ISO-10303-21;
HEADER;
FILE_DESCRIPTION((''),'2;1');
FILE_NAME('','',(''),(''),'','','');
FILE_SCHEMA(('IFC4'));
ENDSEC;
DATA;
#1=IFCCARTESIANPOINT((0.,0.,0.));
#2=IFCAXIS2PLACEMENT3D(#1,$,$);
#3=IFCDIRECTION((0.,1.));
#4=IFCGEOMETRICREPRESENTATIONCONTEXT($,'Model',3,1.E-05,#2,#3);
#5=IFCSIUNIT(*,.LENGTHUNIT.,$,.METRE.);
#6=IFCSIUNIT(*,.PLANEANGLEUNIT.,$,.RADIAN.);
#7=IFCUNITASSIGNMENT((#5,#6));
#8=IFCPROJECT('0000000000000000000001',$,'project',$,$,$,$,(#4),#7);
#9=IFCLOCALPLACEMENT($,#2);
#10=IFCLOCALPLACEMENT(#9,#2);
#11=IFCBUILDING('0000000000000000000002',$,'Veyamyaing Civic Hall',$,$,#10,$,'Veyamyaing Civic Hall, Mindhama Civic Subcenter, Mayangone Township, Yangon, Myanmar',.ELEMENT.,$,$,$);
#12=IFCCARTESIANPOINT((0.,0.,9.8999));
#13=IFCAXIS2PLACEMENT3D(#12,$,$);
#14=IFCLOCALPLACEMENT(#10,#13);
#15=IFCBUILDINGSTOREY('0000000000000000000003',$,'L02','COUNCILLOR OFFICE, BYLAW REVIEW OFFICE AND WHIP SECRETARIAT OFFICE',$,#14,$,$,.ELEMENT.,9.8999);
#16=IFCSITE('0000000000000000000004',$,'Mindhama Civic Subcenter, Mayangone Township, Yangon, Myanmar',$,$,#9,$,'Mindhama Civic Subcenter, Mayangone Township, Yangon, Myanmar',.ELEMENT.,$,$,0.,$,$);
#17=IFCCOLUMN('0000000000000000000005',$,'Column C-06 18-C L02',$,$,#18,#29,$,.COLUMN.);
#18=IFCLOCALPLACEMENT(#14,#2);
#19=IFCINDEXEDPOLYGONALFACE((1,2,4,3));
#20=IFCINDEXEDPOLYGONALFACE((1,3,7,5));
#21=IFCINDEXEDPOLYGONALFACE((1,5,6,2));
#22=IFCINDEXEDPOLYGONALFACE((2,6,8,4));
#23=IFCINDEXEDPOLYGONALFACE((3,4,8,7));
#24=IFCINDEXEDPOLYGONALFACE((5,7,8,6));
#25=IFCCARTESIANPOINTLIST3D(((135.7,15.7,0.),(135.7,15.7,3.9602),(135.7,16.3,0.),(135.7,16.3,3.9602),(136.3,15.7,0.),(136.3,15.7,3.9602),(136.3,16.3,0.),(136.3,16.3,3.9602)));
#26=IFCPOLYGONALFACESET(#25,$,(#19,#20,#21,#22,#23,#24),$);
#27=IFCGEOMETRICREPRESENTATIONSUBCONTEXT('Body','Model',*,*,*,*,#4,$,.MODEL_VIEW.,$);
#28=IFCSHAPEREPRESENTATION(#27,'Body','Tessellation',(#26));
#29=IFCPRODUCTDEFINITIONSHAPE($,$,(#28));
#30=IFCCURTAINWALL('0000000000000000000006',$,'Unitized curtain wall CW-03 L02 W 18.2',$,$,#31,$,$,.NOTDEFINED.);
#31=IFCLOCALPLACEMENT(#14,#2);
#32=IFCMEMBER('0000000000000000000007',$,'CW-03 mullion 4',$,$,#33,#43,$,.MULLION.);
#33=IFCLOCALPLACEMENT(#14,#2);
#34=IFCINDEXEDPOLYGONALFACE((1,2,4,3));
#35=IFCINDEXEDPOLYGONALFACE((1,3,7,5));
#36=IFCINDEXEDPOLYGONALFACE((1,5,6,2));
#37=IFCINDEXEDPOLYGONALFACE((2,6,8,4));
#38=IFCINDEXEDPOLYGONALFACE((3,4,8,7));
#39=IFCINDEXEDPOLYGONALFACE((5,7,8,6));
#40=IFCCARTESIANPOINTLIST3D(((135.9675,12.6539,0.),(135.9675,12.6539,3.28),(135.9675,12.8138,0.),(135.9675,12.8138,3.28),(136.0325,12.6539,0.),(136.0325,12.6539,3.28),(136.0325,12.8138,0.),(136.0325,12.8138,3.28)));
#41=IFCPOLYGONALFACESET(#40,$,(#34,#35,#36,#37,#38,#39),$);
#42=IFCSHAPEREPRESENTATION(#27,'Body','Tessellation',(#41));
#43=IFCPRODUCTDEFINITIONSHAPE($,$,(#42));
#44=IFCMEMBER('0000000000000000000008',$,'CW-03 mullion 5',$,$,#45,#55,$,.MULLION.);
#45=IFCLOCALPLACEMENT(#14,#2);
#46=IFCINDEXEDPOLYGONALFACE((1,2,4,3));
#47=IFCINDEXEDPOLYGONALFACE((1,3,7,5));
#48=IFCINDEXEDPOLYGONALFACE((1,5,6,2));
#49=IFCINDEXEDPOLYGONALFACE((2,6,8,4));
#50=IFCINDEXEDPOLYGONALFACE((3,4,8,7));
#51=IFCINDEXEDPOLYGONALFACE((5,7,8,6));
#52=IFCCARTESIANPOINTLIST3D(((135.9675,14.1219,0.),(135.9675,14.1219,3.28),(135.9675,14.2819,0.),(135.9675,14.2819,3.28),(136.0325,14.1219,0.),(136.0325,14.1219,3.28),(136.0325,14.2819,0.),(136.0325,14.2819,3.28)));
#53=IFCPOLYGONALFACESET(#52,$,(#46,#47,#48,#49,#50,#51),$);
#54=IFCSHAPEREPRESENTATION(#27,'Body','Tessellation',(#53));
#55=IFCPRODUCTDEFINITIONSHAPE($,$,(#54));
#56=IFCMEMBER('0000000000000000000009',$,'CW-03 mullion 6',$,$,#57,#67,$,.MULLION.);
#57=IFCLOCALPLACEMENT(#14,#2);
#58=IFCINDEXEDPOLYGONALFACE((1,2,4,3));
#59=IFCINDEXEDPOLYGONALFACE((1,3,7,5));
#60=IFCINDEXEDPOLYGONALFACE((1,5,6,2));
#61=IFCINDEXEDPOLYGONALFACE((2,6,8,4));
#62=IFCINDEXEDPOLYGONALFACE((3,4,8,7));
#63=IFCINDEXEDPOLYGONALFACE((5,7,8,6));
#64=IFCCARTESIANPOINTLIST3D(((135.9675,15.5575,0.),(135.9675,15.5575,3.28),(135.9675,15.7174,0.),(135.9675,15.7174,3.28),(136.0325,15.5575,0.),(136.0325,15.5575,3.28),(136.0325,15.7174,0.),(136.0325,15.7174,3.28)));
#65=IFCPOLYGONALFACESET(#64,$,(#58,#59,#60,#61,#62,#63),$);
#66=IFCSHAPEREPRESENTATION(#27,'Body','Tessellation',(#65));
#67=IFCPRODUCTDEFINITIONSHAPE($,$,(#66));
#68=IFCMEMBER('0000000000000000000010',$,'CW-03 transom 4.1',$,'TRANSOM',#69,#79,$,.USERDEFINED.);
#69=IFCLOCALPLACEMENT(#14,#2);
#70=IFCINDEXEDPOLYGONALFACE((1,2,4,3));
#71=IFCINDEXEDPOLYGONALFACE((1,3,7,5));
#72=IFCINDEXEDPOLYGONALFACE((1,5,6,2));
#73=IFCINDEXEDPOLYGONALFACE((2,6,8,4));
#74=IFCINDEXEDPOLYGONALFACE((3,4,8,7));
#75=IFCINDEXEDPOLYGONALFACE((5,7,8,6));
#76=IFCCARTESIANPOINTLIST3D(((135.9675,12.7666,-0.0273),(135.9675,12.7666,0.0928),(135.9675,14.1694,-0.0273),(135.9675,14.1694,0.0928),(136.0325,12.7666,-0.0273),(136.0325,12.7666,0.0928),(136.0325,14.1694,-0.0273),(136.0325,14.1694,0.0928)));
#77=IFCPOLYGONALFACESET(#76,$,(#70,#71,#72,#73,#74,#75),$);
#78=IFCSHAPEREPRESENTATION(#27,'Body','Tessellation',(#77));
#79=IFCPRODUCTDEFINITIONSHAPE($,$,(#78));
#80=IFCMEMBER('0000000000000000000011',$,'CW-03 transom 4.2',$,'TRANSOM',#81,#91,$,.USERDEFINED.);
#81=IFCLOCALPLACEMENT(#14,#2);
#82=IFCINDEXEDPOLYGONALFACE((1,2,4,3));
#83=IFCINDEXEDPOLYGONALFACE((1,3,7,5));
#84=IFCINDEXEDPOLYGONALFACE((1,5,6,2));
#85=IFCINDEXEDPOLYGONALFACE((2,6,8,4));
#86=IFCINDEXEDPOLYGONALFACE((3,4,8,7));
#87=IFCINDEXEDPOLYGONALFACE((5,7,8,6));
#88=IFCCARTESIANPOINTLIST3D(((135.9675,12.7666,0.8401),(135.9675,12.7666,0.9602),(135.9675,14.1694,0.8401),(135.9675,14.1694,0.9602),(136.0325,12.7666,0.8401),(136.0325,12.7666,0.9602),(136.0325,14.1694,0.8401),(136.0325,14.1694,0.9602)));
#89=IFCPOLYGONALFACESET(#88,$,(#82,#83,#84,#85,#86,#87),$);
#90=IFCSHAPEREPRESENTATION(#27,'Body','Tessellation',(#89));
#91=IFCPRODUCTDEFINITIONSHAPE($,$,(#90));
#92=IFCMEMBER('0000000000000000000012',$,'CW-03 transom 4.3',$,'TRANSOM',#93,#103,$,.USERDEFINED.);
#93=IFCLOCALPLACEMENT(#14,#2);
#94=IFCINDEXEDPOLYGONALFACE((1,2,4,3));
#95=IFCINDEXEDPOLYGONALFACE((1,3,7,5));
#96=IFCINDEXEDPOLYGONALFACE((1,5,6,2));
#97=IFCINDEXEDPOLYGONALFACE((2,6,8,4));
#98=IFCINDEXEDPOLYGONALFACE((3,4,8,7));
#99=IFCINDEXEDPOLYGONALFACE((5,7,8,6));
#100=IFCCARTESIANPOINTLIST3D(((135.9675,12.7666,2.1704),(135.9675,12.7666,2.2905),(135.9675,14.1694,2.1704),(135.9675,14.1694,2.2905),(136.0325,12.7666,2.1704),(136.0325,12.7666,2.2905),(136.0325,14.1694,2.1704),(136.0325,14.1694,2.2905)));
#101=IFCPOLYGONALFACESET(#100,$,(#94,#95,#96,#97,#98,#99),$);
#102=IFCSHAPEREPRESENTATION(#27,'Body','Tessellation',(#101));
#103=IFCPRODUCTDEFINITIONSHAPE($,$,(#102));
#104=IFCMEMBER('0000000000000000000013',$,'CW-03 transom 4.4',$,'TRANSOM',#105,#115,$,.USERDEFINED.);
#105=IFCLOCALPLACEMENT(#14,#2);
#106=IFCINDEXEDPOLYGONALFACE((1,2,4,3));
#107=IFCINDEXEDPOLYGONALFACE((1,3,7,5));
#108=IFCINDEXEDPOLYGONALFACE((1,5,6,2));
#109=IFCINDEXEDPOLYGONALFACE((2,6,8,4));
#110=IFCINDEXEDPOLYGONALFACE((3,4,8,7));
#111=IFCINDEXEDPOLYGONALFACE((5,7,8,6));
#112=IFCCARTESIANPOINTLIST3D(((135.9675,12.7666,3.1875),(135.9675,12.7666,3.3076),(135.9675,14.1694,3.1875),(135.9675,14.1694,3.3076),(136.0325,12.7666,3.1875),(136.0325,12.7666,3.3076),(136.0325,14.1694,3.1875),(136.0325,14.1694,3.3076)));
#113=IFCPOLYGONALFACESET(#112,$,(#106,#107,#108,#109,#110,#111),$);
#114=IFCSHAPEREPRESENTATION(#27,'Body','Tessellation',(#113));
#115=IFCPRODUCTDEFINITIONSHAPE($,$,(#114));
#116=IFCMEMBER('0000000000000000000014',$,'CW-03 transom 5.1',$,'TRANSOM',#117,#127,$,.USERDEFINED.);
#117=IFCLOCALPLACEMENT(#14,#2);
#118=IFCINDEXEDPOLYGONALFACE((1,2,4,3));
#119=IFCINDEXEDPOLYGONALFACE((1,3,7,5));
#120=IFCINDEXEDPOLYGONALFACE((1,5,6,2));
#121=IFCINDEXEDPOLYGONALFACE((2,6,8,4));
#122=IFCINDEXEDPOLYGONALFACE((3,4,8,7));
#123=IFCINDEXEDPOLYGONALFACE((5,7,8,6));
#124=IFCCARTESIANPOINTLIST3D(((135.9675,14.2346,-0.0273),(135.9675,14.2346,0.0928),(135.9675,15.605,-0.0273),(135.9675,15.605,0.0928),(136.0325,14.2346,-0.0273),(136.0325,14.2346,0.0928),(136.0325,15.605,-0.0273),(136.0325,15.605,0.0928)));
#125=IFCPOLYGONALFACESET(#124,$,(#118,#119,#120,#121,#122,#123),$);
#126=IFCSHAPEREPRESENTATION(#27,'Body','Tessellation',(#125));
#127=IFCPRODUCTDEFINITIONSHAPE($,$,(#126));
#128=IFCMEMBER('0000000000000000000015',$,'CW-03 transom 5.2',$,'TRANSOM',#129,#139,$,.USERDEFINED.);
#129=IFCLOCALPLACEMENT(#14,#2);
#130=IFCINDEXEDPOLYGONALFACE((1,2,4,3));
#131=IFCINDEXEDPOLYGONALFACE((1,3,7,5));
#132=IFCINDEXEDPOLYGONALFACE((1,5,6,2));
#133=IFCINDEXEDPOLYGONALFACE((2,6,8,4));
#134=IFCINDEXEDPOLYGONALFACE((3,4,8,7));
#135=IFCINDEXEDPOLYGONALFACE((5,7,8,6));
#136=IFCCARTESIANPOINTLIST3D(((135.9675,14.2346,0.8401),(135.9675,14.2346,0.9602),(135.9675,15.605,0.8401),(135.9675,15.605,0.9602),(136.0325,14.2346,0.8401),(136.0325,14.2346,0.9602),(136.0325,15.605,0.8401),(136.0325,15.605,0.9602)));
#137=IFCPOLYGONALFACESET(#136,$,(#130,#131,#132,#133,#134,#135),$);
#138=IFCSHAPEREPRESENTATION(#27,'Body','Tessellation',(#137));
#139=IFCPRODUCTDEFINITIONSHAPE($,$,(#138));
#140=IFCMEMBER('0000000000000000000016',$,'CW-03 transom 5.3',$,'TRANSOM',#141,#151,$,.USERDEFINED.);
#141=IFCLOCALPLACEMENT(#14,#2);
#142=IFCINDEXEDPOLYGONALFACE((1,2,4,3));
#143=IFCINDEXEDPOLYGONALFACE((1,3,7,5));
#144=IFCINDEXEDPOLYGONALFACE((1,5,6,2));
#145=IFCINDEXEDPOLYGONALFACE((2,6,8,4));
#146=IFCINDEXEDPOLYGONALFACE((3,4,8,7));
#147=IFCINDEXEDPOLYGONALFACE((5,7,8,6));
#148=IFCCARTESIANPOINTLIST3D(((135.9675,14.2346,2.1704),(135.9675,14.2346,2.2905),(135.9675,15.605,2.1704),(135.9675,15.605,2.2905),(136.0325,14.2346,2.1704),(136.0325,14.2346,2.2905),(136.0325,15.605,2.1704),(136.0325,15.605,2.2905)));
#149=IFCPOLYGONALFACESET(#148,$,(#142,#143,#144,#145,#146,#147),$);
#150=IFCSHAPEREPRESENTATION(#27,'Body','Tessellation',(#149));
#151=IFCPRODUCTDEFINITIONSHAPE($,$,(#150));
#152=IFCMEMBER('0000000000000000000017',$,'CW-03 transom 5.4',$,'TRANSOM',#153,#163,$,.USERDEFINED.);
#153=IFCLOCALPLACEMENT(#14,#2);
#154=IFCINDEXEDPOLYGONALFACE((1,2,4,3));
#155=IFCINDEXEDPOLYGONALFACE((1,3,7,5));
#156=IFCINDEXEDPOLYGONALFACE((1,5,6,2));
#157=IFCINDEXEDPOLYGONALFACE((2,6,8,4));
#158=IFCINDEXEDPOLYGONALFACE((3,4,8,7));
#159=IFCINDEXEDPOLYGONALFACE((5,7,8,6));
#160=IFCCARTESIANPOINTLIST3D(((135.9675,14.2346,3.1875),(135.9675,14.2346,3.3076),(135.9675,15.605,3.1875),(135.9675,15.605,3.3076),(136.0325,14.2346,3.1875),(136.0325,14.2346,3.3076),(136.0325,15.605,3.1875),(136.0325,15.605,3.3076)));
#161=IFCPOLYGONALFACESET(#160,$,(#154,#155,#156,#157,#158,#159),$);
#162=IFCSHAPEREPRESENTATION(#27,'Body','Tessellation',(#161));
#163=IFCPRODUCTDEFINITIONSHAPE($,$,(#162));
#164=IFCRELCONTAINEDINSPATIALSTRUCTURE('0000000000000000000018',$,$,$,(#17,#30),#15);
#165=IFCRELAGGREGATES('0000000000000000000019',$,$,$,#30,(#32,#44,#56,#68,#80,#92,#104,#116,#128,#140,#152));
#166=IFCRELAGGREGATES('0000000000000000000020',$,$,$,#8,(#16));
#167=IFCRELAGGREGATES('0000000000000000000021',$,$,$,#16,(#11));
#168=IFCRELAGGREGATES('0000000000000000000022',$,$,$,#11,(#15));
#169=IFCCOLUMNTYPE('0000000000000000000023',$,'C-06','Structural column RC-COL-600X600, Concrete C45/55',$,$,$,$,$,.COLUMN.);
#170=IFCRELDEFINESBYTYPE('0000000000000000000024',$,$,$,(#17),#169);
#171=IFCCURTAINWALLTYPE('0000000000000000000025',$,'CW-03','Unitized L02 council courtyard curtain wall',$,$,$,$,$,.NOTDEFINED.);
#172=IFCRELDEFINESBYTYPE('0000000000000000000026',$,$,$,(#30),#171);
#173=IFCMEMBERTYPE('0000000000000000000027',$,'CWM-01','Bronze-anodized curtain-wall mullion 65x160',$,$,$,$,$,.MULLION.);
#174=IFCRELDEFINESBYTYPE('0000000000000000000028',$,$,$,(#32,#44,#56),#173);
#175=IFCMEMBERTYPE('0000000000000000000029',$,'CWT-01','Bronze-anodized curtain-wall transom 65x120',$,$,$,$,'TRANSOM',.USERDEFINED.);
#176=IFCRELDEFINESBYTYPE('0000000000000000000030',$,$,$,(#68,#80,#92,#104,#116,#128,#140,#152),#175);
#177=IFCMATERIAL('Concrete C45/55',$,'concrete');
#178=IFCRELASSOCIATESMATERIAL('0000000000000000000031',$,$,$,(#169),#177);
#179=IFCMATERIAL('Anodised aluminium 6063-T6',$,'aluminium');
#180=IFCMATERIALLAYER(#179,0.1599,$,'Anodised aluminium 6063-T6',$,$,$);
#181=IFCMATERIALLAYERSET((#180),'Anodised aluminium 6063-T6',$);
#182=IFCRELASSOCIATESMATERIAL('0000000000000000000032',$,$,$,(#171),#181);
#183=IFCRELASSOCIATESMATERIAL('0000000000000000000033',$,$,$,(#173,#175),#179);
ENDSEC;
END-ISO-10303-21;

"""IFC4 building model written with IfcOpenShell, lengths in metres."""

from ifc_helpers import new_model, si_unit, direction, frame, origin, origin_2d, place, context, subcontext, project, spatial, rectangle, extrude, material, layer, layer_set, material_profile, profile_set, type_object, element, aggregate, save


model = new_model("IFC4")

# Units and contexts
model_context = context("Model", 3, precision=1e-05, world=origin(), true_north=direction((0.0, 1.0)))
body_context = subcontext(model_context, "Body", "Model", "MODEL_VIEW")
ifc_project = project(units=[si_unit("LENGTHUNIT", "METRE"), si_unit("PLANEANGLEUNIT", "RADIAN")], contexts=[model_context])

# Site, building, storey
site_placement = place(None, origin())
site = spatial("IfcSite", under=ifc_project, at=site_placement, Name="Mindhama Civic Subcenter, Mayangone Township, Yangon, Myanmar", LongName="Mindhama Civic Subcenter, Mayangone Township, Yangon, Myanmar", CompositionType="ELEMENT", RefElevation=0.0)
building_placement = place(site_placement, origin())
building = spatial("IfcBuilding", under=site, at=building_placement, Name="Veyamyaing Civic Hall", LongName="Veyamyaing Civic Hall, Mindhama Civic Subcenter, Mayangone Township, Yangon, Myanmar", CompositionType="ELEMENT")
storey_placement = place(building_placement, frame((0.0, 0.0, 9.8999)))
storey = spatial("IfcBuildingStorey", under=building, at=storey_placement, Name="L02", Description="COUNCILLOR OFFICE, BYLAW REVIEW OFFICE AND WHIP SECRETARIAT OFFICE", CompositionType="ELEMENT", Elevation=9.8999)

# Column
ifc_material_1 = material(Name="Concrete C45/55", Category="concrete")
ifc_material_profile_1 = material_profile(ifc_material_1, rectangle(XDim=0.6001, YDim=0.6001, at=origin_2d()), Name="RC-COL-600X600")
ifc_profile_set_1 = profile_set([ifc_material_profile_1], Name="Concrete C45/55")
column_type = type_object("IfcColumnType", Name="C-06", Description="Structural column RC-COL-600X600, Concrete C45/55", PredefinedType="COLUMN", material=ifc_profile_set_1)
column_placement = place(storey_placement, frame((136.0, 16.0, 0.0), z_axis=(0.0, 0.0, 1.0), x_axis=(1.0, 0.0, 0.0)))
element("IfcColumn", 1, at=column_placement, inside=storey, type_object=column_type, Name="Column C-06 18-C L02", PredefinedType="COLUMN", context=body_context, shape_type="SweptSolid", body=[
    extrude(rectangle(XDim=0.6001, YDim=0.6001, at=origin_2d()), origin(), (0.0, 0.0, 1.0), 3.9602),
])

# Curtain wall, members
ifc_material_2 = material(Name="Anodised aluminium 6063-T6", Category="aluminium")
ifc_layer_1 = layer(ifc_material_2, 0.1599, Name="Anodised aluminium 6063-T6")
ifc_layer_set_1 = layer_set([ifc_layer_1], Name="Anodised aluminium 6063-T6")
curtain_wall_type = type_object("IfcCurtainWallType", Name="CW-03", Description="Unitized L02 council courtyard curtain wall", PredefinedType="NOTDEFINED", material=ifc_layer_set_1)
curtain_wall_placement = place(storey_placement, origin())
curtain_wall = element("IfcCurtainWall", 2, at=curtain_wall_placement, inside=storey, type_object=curtain_wall_type, Name="Unitized curtain wall CW-03 L02 W 18.2", PredefinedType="NOTDEFINED")
ifc_material_profile_2 = material_profile(ifc_material_2, rectangle(XDim=0.0649, YDim=0.1599, at=origin_2d()), Name="ALU-MUL-65X160")
ifc_profile_set_2 = profile_set([ifc_material_profile_2], Name="Anodised aluminium 6063-T6")
member_type_1 = type_object("IfcMemberType", Name="CWM-01", Description="Bronze-anodized curtain-wall mullion 65x160", PredefinedType="MULLION", material=ifc_profile_set_2)
member_1_placement = place(storey_placement, frame((136.0, 12.7339, 0.0), z_axis=(0.0, 0.0, 1.0), x_axis=(-1.0, 0.0, 0.0)))
member_1 = element("IfcMember", 3, at=member_1_placement, type_object=member_type_1, Name="CW-03 mullion 4", PredefinedType="MULLION", context=body_context, shape_type="SweptSolid", body=[
    extrude(rectangle(XDim=0.0649, YDim=0.1599, at=origin_2d()), origin(), (0.0, 0.0, 1.0), 3.28),
])
member_2_placement = place(storey_placement, frame((136.0, 14.2019, 0.0), z_axis=(0.0, 0.0, 1.0), x_axis=(-1.0, 0.0, 0.0)))
member_2 = element("IfcMember", 4, at=member_2_placement, type_object=member_type_1, Name="CW-03 mullion 5", PredefinedType="MULLION", context=body_context, shape_type="SweptSolid", body=[
    extrude(rectangle(XDim=0.0649, YDim=0.1599, at=origin_2d()), origin(), (0.0, 0.0, 1.0), 3.28),
])
member_3_placement = place(storey_placement, frame((136.0, 15.6375, 0.0), z_axis=(0.0, 0.0, 1.0), x_axis=(-1.0, 0.0, 0.0)))
member_3 = element("IfcMember", 5, at=member_3_placement, type_object=member_type_1, Name="CW-03 mullion 6", PredefinedType="MULLION", context=body_context, shape_type="SweptSolid", body=[
    extrude(rectangle(XDim=0.0649, YDim=0.1599, at=origin_2d()), origin(), (0.0, 0.0, 1.0), 3.28),
])
ifc_material_profile_3 = material_profile(ifc_material_2, rectangle(XDim=0.0649, YDim=0.1201, at=origin_2d()), Name="ALU-TRN-65X120")
ifc_profile_set_3 = profile_set([ifc_material_profile_3], Name="Anodised aluminium 6063-T6")
member_type_2 = type_object("IfcMemberType", Name="CWT-01", Description="Bronze-anodized curtain-wall transom 65x120", ElementType="TRANSOM", PredefinedType="USERDEFINED", material=ifc_profile_set_3)
member_4_placement = place(storey_placement, frame((136.0, 12.7666, 0.0327), z_axis=(0.0, 1.0, 0.0), x_axis=(-1.0, 0.0, 0.0)))
member_4 = element("IfcMember", 6, at=member_4_placement, type_object=member_type_2, Name="CW-03 transom 4.1", ObjectType="TRANSOM", PredefinedType="USERDEFINED", context=body_context, shape_type="SweptSolid", body=[
    extrude(rectangle(XDim=0.0649, YDim=0.1201, at=origin_2d()), origin(), (0.0, 0.0, 1.0), 1.4028),
])
member_5_placement = place(storey_placement, frame((136.0, 12.7666, 0.9001), z_axis=(0.0, 1.0, 0.0), x_axis=(-1.0, 0.0, 0.0)))
member_5 = element("IfcMember", 7, at=member_5_placement, type_object=member_type_2, Name="CW-03 transom 4.2", ObjectType="TRANSOM", PredefinedType="USERDEFINED", context=body_context, shape_type="SweptSolid", body=[
    extrude(rectangle(XDim=0.0649, YDim=0.1201, at=origin_2d()), origin(), (0.0, 0.0, 1.0), 1.4028),
])
member_6_placement = place(storey_placement, frame((136.0, 12.7666, 2.2305), z_axis=(0.0, 1.0, 0.0), x_axis=(-1.0, 0.0, 0.0)))
member_6 = element("IfcMember", 8, at=member_6_placement, type_object=member_type_2, Name="CW-03 transom 4.3", ObjectType="TRANSOM", PredefinedType="USERDEFINED", context=body_context, shape_type="SweptSolid", body=[
    extrude(rectangle(XDim=0.0649, YDim=0.1201, at=origin_2d()), origin(), (0.0, 0.0, 1.0), 1.4028),
])
member_7_placement = place(storey_placement, frame((136.0, 12.7666, 3.2476), z_axis=(0.0, 1.0, 0.0), x_axis=(-1.0, 0.0, 0.0)))
member_7 = element("IfcMember", 9, at=member_7_placement, type_object=member_type_2, Name="CW-03 transom 4.4", ObjectType="TRANSOM", PredefinedType="USERDEFINED", context=body_context, shape_type="SweptSolid", body=[
    extrude(rectangle(XDim=0.0649, YDim=0.1201, at=origin_2d()), origin(), (0.0, 0.0, 1.0), 1.4028),
])
member_8_placement = place(storey_placement, frame((136.0, 14.2346, 0.0327), z_axis=(0.0, 1.0, 0.0), x_axis=(-1.0, 0.0, 0.0)))
member_8 = element("IfcMember", 10, at=member_8_placement, type_object=member_type_2, Name="CW-03 transom 5.1", ObjectType="TRANSOM", PredefinedType="USERDEFINED", context=body_context, shape_type="SweptSolid", body=[
    extrude(rectangle(XDim=0.0649, YDim=0.1201, at=origin_2d()), origin(), (0.0, 0.0, 1.0), 1.3704),
])
member_9_placement = place(storey_placement, frame((136.0, 14.2346, 0.9001), z_axis=(0.0, 1.0, 0.0), x_axis=(-1.0, 0.0, 0.0)))
member_9 = element("IfcMember", 11, at=member_9_placement, type_object=member_type_2, Name="CW-03 transom 5.2", ObjectType="TRANSOM", PredefinedType="USERDEFINED", context=body_context, shape_type="SweptSolid", body=[
    extrude(rectangle(XDim=0.0649, YDim=0.1201, at=origin_2d()), origin(), (0.0, 0.0, 1.0), 1.3704),
])
member_10_placement = place(storey_placement, frame((136.0, 14.2346, 2.2305), z_axis=(0.0, 1.0, 0.0), x_axis=(-1.0, 0.0, 0.0)))
member_10 = element("IfcMember", 12, at=member_10_placement, type_object=member_type_2, Name="CW-03 transom 5.3", ObjectType="TRANSOM", PredefinedType="USERDEFINED", context=body_context, shape_type="SweptSolid", body=[
    extrude(rectangle(XDim=0.0649, YDim=0.1201, at=origin_2d()), origin(), (0.0, 0.0, 1.0), 1.3704),
])
member_11_placement = place(storey_placement, frame((136.0, 14.2346, 3.2476), z_axis=(0.0, 1.0, 0.0), x_axis=(-1.0, 0.0, 0.0)))
member_11 = element("IfcMember", 13, at=member_11_placement, type_object=member_type_2, Name="CW-03 transom 5.4", ObjectType="TRANSOM", PredefinedType="USERDEFINED", context=body_context, shape_type="SweptSolid", body=[
    extrude(rectangle(XDim=0.0649, YDim=0.1201, at=origin_2d()), origin(), (0.0, 0.0, 1.0), 1.3704),
])

aggregate(curtain_wall, [member_1, member_2, member_3, member_4, member_5, member_6, member_7, member_8, member_9, member_10, member_11])

save(model, "model.ifc")
